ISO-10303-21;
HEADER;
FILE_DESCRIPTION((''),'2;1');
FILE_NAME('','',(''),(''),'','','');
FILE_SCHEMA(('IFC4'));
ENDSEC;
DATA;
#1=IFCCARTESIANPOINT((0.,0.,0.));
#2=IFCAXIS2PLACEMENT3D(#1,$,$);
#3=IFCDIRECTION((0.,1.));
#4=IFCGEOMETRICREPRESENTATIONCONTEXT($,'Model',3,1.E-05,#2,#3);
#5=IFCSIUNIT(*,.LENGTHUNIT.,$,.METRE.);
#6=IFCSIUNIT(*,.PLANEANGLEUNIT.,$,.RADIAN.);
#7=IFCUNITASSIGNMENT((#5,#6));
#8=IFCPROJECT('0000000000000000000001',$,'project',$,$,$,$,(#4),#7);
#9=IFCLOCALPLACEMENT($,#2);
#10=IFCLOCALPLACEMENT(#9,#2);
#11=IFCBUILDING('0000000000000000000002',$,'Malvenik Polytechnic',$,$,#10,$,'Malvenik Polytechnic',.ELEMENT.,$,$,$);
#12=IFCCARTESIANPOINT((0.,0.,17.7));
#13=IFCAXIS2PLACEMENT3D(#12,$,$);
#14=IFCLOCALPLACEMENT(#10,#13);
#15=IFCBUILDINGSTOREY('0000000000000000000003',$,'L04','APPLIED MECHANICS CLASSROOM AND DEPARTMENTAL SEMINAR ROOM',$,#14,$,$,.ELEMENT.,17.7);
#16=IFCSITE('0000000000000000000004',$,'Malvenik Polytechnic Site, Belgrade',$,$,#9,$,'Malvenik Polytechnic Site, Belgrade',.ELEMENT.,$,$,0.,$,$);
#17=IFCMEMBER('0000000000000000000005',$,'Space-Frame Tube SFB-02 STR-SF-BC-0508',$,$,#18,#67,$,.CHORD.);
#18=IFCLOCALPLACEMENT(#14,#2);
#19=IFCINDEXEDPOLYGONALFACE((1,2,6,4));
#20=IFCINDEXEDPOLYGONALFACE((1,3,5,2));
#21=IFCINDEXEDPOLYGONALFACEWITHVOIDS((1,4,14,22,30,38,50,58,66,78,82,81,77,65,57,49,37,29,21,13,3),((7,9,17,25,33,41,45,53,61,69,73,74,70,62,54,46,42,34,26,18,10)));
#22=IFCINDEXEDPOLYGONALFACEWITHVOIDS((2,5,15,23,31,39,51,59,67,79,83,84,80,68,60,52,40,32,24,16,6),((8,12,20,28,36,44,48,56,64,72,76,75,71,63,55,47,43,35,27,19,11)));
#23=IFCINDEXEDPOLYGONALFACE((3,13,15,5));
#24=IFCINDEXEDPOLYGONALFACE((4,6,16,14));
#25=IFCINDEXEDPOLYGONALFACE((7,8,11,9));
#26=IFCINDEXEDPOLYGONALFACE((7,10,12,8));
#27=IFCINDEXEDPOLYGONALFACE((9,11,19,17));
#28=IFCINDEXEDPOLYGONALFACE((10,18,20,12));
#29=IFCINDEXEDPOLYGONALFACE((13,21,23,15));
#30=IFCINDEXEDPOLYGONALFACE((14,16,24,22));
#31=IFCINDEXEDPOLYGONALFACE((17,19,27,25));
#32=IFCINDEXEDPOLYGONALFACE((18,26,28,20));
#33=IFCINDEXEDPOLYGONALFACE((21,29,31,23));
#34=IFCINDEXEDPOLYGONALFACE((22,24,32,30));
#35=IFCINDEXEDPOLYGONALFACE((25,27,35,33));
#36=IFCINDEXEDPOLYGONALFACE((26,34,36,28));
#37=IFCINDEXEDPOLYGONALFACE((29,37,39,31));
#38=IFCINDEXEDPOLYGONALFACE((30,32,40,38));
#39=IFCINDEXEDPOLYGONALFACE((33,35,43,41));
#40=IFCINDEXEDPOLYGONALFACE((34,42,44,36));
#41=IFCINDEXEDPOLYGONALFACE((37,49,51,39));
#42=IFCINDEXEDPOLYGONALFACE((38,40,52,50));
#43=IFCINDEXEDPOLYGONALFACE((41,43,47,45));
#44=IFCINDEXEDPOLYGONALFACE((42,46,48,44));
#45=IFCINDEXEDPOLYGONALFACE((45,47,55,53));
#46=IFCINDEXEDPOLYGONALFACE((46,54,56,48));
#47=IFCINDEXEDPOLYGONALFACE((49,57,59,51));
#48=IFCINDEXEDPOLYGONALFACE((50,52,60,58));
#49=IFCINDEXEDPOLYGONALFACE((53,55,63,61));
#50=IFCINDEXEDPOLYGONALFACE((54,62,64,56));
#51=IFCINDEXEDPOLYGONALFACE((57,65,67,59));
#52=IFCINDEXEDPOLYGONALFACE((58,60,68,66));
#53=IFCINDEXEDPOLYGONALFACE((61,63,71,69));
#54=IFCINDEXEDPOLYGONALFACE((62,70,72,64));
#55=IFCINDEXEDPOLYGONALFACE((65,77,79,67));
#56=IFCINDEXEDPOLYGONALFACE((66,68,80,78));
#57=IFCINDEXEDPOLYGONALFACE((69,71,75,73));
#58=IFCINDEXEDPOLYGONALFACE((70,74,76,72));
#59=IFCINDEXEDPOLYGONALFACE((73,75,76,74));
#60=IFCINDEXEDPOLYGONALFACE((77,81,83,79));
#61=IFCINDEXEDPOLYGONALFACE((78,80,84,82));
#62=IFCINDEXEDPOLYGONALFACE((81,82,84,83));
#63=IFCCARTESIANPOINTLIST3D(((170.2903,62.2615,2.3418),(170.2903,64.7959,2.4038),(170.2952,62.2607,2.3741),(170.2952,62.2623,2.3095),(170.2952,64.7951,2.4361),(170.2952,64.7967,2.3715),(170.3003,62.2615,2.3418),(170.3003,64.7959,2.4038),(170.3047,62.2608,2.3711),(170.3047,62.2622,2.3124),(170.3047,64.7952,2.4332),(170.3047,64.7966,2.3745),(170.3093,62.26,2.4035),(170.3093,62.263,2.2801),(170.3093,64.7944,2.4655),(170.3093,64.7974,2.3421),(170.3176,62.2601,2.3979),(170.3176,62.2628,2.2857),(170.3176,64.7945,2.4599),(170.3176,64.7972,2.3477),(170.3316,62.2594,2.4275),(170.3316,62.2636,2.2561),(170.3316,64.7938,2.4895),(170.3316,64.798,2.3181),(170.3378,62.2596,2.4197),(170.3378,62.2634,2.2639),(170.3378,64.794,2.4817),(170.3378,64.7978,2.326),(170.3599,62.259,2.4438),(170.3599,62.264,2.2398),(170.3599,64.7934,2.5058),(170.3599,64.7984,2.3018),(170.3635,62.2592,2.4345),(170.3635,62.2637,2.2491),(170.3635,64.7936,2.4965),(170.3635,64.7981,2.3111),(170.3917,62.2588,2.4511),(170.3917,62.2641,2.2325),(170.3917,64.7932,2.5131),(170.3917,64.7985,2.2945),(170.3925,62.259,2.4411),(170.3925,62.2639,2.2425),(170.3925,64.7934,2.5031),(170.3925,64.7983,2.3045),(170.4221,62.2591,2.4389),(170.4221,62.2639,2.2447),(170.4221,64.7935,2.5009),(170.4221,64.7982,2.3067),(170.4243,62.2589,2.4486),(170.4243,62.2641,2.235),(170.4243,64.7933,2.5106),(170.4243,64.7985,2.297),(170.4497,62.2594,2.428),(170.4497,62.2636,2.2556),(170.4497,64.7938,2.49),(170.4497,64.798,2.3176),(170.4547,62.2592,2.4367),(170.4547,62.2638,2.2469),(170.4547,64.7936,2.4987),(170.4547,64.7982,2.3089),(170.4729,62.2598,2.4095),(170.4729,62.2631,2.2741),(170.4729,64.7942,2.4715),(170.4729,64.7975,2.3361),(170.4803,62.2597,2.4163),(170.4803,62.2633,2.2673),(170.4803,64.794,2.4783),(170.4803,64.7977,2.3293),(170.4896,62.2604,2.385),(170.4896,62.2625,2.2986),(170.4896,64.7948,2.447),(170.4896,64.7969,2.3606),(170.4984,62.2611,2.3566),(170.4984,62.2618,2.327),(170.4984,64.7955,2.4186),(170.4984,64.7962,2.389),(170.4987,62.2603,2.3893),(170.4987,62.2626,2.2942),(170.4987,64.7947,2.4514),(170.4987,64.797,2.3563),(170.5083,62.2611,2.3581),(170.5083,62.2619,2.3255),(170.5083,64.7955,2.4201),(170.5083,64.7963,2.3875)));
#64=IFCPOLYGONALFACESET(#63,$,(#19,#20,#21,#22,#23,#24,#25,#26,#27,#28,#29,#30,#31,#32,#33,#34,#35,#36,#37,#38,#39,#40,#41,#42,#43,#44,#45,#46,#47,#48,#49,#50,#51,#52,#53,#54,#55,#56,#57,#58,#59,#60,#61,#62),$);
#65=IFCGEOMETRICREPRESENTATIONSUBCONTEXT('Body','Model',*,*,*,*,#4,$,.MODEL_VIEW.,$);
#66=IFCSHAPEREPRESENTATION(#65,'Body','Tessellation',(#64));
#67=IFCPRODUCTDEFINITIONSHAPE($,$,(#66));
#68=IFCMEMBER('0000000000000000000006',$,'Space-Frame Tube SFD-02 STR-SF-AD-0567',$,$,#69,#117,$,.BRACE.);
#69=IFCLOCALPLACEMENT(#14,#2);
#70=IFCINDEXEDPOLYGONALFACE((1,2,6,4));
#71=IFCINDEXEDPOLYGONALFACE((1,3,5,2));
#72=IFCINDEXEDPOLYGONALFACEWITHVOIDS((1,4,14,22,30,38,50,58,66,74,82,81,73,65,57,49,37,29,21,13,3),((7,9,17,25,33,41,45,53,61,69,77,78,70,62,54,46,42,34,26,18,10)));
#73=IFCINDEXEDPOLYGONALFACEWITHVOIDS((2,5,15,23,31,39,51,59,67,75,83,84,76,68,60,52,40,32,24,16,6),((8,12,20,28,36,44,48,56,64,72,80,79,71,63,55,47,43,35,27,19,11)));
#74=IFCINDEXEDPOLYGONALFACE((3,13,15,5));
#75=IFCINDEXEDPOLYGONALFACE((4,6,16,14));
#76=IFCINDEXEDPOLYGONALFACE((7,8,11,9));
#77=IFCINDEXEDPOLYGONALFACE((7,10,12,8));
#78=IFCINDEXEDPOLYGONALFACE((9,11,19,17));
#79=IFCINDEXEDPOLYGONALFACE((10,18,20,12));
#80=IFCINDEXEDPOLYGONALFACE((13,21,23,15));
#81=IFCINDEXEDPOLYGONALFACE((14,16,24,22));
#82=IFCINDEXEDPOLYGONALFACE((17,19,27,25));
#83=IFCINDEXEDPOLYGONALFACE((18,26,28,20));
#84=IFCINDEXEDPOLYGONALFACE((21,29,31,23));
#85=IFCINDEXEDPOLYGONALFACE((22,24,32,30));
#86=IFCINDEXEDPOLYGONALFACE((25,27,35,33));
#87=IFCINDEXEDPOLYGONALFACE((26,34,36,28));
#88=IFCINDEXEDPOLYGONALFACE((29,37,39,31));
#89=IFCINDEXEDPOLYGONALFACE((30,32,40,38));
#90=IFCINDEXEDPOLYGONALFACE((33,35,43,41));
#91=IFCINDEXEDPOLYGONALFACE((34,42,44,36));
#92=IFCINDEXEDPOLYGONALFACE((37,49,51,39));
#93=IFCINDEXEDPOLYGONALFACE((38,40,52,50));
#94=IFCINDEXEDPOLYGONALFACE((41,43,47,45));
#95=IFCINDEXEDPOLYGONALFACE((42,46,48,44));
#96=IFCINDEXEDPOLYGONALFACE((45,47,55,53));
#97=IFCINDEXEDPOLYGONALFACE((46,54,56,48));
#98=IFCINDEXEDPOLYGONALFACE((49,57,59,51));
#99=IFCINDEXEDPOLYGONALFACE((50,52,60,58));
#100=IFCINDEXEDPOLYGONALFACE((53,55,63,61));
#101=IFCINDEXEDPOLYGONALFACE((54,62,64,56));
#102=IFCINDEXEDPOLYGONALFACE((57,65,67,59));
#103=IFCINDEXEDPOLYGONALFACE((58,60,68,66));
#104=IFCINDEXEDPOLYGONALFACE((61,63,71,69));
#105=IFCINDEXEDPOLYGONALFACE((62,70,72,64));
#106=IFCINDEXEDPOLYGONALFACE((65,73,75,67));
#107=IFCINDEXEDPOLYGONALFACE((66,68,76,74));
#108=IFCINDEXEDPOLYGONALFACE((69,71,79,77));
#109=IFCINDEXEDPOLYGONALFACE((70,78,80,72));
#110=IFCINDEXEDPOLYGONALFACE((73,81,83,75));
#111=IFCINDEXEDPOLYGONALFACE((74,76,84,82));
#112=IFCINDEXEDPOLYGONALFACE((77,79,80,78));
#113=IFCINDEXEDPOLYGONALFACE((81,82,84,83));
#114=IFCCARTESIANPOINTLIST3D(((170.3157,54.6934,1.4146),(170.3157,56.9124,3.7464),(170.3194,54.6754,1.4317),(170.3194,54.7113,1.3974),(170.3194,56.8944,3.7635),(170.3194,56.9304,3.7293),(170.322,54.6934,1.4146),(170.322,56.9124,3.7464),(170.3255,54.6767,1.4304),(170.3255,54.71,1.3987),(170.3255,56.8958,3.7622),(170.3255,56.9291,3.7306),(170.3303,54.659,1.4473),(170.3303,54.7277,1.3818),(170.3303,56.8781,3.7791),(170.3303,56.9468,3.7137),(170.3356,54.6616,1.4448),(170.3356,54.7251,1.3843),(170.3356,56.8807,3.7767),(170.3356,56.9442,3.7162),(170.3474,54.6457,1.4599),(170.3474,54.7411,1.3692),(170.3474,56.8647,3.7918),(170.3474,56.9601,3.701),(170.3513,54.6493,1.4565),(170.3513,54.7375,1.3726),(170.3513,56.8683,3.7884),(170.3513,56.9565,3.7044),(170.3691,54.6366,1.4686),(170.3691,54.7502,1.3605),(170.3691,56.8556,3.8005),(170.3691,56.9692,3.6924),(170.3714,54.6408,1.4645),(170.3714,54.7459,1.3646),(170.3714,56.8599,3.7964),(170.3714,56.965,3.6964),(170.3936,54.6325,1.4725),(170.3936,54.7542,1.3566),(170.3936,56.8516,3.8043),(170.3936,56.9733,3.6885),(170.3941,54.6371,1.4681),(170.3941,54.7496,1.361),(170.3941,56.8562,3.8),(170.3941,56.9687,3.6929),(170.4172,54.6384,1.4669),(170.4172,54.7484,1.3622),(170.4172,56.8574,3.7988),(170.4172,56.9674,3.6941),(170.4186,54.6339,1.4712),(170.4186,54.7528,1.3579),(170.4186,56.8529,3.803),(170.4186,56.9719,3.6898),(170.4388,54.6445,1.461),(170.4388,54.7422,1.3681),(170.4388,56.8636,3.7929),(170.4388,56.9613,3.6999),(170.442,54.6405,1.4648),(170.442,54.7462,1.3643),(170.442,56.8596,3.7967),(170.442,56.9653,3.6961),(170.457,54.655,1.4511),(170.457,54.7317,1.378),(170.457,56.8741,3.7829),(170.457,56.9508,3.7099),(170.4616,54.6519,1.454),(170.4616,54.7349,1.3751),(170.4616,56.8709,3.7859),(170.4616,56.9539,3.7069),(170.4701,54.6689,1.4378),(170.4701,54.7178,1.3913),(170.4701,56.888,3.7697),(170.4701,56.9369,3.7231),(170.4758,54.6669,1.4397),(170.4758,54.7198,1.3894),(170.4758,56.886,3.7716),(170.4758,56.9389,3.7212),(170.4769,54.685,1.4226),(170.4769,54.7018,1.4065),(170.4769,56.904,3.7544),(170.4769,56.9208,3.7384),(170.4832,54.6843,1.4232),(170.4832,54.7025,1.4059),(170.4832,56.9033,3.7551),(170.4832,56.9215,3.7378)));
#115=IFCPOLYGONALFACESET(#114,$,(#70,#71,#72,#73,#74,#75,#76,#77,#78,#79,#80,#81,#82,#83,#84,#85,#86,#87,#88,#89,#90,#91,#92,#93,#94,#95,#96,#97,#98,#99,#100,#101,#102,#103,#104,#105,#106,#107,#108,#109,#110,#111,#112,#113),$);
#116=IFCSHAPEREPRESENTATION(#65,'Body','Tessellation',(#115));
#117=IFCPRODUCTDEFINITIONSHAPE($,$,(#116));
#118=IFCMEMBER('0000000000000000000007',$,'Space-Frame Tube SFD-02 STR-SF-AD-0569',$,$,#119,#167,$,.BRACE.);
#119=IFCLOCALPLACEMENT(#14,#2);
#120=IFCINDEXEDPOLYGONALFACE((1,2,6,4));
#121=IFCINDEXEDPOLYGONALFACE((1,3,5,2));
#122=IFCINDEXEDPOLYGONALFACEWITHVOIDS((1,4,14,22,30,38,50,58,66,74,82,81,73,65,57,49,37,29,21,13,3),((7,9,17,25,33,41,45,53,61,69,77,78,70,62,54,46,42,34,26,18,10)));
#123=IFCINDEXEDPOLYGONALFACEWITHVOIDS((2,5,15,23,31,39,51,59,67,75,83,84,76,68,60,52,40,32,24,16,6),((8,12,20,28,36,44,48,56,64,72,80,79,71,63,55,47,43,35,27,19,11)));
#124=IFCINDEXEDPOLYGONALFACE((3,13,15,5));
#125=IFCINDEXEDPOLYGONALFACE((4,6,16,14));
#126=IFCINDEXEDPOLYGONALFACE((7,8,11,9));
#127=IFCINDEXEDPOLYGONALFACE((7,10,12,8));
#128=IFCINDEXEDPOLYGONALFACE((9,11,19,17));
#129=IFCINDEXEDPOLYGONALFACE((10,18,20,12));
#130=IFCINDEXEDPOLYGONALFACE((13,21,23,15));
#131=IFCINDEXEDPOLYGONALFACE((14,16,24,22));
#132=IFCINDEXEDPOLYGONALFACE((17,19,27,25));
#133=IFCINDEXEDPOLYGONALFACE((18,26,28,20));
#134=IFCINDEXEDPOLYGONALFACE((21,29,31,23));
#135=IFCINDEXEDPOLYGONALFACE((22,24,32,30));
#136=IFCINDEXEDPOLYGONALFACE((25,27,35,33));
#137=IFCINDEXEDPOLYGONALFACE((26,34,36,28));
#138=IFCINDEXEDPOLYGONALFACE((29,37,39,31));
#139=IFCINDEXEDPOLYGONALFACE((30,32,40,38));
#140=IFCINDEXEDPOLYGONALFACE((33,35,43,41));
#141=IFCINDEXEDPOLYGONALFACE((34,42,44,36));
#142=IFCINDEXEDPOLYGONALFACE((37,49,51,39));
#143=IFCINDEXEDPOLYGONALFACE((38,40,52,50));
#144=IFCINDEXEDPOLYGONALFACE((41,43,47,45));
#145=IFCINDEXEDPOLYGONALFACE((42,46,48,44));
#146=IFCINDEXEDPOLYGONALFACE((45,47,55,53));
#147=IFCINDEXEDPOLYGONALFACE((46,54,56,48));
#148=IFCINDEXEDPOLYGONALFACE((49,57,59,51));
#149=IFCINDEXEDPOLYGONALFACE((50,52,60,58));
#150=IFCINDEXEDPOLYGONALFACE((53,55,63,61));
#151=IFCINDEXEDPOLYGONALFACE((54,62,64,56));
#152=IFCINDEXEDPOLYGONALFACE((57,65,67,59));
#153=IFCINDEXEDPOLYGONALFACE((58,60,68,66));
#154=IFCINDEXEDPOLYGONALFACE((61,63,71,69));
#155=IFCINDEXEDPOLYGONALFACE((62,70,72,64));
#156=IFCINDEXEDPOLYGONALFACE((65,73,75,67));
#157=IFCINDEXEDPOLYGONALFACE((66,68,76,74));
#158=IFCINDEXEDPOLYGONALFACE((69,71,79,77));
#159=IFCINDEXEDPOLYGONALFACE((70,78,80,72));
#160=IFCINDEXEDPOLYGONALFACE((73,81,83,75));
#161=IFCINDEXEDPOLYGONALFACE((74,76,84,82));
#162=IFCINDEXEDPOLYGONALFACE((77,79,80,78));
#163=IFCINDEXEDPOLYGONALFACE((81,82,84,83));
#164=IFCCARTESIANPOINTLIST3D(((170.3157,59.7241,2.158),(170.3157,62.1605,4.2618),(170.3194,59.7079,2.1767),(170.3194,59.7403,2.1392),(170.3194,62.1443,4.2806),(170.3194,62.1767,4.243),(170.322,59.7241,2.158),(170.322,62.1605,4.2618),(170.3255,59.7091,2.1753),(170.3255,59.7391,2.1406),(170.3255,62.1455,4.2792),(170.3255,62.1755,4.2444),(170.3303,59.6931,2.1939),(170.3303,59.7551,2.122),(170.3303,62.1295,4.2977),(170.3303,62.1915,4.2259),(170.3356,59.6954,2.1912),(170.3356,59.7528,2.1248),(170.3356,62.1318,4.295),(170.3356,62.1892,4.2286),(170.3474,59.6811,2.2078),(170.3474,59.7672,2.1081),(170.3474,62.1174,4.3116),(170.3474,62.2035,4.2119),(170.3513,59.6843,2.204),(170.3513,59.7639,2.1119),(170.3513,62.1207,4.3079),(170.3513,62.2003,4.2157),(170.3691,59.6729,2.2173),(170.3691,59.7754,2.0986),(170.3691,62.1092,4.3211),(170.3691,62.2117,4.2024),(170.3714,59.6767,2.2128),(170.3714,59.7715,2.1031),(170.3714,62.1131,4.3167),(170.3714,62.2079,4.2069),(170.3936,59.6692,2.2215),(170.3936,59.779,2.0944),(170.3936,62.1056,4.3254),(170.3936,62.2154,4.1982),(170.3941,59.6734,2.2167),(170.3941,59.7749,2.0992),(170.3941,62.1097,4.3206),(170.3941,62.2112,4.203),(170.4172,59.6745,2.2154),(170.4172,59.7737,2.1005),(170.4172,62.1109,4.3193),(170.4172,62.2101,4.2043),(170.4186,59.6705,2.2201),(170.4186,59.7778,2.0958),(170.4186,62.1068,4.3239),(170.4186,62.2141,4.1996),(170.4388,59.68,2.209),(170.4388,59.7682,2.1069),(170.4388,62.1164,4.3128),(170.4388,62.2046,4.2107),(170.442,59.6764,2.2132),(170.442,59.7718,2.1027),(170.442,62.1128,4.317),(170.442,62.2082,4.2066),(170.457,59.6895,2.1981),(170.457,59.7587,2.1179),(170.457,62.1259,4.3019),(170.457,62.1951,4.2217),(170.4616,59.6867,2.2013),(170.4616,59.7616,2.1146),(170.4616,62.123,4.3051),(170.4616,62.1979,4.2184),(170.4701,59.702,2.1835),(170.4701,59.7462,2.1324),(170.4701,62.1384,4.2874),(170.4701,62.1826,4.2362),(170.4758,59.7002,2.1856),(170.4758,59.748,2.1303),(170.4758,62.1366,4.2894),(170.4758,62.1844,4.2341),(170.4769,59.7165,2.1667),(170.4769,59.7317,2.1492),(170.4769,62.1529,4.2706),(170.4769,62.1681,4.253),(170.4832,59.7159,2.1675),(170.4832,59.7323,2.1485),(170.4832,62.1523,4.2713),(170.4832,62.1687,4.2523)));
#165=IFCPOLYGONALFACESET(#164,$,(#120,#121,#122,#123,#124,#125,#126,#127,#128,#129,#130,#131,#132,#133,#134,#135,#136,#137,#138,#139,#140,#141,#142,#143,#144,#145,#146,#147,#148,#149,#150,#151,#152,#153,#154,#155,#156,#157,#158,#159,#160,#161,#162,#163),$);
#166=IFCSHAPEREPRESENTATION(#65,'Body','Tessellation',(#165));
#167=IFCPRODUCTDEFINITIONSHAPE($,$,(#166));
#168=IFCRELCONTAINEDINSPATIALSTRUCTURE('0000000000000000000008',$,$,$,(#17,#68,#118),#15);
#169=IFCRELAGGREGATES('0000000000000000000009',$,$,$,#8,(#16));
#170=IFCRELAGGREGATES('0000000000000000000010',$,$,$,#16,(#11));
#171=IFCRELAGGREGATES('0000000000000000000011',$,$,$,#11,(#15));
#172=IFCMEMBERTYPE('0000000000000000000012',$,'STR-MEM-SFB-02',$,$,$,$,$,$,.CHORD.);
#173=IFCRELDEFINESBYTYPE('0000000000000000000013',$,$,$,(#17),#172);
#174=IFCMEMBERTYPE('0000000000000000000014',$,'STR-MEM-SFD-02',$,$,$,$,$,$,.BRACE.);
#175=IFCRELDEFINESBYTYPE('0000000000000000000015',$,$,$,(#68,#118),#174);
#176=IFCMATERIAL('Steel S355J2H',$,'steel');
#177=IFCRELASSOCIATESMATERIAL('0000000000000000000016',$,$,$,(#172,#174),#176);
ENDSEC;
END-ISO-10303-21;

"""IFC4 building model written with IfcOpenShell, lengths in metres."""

from ifc_helpers import new_model, si_unit, direction, frame, origin, origin_2d, place, context, subcontext, project, spatial, hollow_circle, extrude, material, material_profile, profile_set, type_object, element, save


model = new_model("IFC4")

# Units and contexts
model_context = context("Model", 3, precision=1e-05, world=origin(), true_north=direction((0.0, 1.0)))
body_context = subcontext(model_context, "Body", "Model", "MODEL_VIEW")
ifc_project = project(units=[si_unit("LENGTHUNIT", "METRE"), si_unit("PLANEANGLEUNIT", "RADIAN")], contexts=[model_context])

# Site, building, storey
site_placement = place(None, origin())
site = spatial("IfcSite", under=ifc_project, at=site_placement, Name="Malvenik Polytechnic Site, Belgrade", LongName="Malvenik Polytechnic Site, Belgrade", CompositionType="ELEMENT", RefElevation=0.0)
building_placement = place(site_placement, origin())
building = spatial("IfcBuilding", under=site, at=building_placement, Name="Malvenik Polytechnic", LongName="Malvenik Polytechnic", CompositionType="ELEMENT")
storey_placement = place(building_placement, frame((0.0, 0.0, 17.7)))
storey = spatial("IfcBuildingStorey", under=building, at=storey_placement, Name="L04", Description="APPLIED MECHANICS CLASSROOM AND DEPARTMENTAL SEMINAR ROOM", CompositionType="ELEMENT", Elevation=17.7)

# Members
ifc_material_1 = material(Name="Steel S355J2H", Category="steel")
ifc_material_profile_1 = material_profile(ifc_material_1, hollow_circle(Radius=0.1096, WallThickness=0.01, at=origin_2d()), Name="CHS 219.1x10.0")
ifc_profile_set_1 = profile_set([ifc_material_profile_1], Name="Steel S355J2H")
member_type_1 = type_object("IfcMemberType", Name="STR-MEM-SFB-02", PredefinedType="CHORD", material=ifc_profile_set_1)
for number, where, z_axis, x_axis, name in (
    (1, (170.3999, 62.2615, 2.3418), (0.0, 0.999701, 0.02446), (-1.0, 0.0, 0.0), "Space-Frame Tube SFB-02 STR-SF-BC-0508"),
):
    element("IfcMember", number, at=place(storey_placement, frame(where, z_axis=z_axis, x_axis=x_axis)), inside=storey, type_object=member_type_1, Name=name, PredefinedType="CHORD", context=body_context, shape_type="SweptSolid", body=[
        extrude(hollow_circle(Radius=0.1096, WallThickness=0.01, at=origin_2d()), origin(), (0.0, 0.0, 1.0), 2.5352),
    ])
ifc_material_profile_2 = material_profile(ifc_material_1, hollow_circle(Radius=0.0842, WallThickness=0.0063, at=origin_2d()), Name="CHS 168.3x6.3")
ifc_profile_set_2 = profile_set([ifc_material_profile_2], Name="Steel S355J2H")
member_type_2 = type_object("IfcMemberType", Name="STR-MEM-SFD-02", PredefinedType="BRACE", material=ifc_profile_set_2)
for number, where, z_axis, x_axis, name in (
    (2, (170.3999, 54.6934, 1.4146), (0.0, 0.689369, 0.72441), (-1.0, 0.0, 0.0), "Space-Frame Tube SFD-02 STR-SF-AD-0567"),
    (3, (170.3999, 59.7241, 2.158), (0.0, 0.756869, 0.653567), (-1.0, 0.0, 0.0), "Space-Frame Tube SFD-02 STR-SF-AD-0569"),
):
    element("IfcMember", number, at=place(storey_placement, frame(where, z_axis=z_axis, x_axis=x_axis)), inside=storey, type_object=member_type_2, Name=name, PredefinedType="BRACE", context=body_context, shape_type="SweptSolid", body=[
        extrude(hollow_circle(Radius=0.0842, WallThickness=0.0063, at=origin_2d()), origin(), (0.0, 0.0, 1.0), 3.219),
    ])

save(model, "model.ifc")
